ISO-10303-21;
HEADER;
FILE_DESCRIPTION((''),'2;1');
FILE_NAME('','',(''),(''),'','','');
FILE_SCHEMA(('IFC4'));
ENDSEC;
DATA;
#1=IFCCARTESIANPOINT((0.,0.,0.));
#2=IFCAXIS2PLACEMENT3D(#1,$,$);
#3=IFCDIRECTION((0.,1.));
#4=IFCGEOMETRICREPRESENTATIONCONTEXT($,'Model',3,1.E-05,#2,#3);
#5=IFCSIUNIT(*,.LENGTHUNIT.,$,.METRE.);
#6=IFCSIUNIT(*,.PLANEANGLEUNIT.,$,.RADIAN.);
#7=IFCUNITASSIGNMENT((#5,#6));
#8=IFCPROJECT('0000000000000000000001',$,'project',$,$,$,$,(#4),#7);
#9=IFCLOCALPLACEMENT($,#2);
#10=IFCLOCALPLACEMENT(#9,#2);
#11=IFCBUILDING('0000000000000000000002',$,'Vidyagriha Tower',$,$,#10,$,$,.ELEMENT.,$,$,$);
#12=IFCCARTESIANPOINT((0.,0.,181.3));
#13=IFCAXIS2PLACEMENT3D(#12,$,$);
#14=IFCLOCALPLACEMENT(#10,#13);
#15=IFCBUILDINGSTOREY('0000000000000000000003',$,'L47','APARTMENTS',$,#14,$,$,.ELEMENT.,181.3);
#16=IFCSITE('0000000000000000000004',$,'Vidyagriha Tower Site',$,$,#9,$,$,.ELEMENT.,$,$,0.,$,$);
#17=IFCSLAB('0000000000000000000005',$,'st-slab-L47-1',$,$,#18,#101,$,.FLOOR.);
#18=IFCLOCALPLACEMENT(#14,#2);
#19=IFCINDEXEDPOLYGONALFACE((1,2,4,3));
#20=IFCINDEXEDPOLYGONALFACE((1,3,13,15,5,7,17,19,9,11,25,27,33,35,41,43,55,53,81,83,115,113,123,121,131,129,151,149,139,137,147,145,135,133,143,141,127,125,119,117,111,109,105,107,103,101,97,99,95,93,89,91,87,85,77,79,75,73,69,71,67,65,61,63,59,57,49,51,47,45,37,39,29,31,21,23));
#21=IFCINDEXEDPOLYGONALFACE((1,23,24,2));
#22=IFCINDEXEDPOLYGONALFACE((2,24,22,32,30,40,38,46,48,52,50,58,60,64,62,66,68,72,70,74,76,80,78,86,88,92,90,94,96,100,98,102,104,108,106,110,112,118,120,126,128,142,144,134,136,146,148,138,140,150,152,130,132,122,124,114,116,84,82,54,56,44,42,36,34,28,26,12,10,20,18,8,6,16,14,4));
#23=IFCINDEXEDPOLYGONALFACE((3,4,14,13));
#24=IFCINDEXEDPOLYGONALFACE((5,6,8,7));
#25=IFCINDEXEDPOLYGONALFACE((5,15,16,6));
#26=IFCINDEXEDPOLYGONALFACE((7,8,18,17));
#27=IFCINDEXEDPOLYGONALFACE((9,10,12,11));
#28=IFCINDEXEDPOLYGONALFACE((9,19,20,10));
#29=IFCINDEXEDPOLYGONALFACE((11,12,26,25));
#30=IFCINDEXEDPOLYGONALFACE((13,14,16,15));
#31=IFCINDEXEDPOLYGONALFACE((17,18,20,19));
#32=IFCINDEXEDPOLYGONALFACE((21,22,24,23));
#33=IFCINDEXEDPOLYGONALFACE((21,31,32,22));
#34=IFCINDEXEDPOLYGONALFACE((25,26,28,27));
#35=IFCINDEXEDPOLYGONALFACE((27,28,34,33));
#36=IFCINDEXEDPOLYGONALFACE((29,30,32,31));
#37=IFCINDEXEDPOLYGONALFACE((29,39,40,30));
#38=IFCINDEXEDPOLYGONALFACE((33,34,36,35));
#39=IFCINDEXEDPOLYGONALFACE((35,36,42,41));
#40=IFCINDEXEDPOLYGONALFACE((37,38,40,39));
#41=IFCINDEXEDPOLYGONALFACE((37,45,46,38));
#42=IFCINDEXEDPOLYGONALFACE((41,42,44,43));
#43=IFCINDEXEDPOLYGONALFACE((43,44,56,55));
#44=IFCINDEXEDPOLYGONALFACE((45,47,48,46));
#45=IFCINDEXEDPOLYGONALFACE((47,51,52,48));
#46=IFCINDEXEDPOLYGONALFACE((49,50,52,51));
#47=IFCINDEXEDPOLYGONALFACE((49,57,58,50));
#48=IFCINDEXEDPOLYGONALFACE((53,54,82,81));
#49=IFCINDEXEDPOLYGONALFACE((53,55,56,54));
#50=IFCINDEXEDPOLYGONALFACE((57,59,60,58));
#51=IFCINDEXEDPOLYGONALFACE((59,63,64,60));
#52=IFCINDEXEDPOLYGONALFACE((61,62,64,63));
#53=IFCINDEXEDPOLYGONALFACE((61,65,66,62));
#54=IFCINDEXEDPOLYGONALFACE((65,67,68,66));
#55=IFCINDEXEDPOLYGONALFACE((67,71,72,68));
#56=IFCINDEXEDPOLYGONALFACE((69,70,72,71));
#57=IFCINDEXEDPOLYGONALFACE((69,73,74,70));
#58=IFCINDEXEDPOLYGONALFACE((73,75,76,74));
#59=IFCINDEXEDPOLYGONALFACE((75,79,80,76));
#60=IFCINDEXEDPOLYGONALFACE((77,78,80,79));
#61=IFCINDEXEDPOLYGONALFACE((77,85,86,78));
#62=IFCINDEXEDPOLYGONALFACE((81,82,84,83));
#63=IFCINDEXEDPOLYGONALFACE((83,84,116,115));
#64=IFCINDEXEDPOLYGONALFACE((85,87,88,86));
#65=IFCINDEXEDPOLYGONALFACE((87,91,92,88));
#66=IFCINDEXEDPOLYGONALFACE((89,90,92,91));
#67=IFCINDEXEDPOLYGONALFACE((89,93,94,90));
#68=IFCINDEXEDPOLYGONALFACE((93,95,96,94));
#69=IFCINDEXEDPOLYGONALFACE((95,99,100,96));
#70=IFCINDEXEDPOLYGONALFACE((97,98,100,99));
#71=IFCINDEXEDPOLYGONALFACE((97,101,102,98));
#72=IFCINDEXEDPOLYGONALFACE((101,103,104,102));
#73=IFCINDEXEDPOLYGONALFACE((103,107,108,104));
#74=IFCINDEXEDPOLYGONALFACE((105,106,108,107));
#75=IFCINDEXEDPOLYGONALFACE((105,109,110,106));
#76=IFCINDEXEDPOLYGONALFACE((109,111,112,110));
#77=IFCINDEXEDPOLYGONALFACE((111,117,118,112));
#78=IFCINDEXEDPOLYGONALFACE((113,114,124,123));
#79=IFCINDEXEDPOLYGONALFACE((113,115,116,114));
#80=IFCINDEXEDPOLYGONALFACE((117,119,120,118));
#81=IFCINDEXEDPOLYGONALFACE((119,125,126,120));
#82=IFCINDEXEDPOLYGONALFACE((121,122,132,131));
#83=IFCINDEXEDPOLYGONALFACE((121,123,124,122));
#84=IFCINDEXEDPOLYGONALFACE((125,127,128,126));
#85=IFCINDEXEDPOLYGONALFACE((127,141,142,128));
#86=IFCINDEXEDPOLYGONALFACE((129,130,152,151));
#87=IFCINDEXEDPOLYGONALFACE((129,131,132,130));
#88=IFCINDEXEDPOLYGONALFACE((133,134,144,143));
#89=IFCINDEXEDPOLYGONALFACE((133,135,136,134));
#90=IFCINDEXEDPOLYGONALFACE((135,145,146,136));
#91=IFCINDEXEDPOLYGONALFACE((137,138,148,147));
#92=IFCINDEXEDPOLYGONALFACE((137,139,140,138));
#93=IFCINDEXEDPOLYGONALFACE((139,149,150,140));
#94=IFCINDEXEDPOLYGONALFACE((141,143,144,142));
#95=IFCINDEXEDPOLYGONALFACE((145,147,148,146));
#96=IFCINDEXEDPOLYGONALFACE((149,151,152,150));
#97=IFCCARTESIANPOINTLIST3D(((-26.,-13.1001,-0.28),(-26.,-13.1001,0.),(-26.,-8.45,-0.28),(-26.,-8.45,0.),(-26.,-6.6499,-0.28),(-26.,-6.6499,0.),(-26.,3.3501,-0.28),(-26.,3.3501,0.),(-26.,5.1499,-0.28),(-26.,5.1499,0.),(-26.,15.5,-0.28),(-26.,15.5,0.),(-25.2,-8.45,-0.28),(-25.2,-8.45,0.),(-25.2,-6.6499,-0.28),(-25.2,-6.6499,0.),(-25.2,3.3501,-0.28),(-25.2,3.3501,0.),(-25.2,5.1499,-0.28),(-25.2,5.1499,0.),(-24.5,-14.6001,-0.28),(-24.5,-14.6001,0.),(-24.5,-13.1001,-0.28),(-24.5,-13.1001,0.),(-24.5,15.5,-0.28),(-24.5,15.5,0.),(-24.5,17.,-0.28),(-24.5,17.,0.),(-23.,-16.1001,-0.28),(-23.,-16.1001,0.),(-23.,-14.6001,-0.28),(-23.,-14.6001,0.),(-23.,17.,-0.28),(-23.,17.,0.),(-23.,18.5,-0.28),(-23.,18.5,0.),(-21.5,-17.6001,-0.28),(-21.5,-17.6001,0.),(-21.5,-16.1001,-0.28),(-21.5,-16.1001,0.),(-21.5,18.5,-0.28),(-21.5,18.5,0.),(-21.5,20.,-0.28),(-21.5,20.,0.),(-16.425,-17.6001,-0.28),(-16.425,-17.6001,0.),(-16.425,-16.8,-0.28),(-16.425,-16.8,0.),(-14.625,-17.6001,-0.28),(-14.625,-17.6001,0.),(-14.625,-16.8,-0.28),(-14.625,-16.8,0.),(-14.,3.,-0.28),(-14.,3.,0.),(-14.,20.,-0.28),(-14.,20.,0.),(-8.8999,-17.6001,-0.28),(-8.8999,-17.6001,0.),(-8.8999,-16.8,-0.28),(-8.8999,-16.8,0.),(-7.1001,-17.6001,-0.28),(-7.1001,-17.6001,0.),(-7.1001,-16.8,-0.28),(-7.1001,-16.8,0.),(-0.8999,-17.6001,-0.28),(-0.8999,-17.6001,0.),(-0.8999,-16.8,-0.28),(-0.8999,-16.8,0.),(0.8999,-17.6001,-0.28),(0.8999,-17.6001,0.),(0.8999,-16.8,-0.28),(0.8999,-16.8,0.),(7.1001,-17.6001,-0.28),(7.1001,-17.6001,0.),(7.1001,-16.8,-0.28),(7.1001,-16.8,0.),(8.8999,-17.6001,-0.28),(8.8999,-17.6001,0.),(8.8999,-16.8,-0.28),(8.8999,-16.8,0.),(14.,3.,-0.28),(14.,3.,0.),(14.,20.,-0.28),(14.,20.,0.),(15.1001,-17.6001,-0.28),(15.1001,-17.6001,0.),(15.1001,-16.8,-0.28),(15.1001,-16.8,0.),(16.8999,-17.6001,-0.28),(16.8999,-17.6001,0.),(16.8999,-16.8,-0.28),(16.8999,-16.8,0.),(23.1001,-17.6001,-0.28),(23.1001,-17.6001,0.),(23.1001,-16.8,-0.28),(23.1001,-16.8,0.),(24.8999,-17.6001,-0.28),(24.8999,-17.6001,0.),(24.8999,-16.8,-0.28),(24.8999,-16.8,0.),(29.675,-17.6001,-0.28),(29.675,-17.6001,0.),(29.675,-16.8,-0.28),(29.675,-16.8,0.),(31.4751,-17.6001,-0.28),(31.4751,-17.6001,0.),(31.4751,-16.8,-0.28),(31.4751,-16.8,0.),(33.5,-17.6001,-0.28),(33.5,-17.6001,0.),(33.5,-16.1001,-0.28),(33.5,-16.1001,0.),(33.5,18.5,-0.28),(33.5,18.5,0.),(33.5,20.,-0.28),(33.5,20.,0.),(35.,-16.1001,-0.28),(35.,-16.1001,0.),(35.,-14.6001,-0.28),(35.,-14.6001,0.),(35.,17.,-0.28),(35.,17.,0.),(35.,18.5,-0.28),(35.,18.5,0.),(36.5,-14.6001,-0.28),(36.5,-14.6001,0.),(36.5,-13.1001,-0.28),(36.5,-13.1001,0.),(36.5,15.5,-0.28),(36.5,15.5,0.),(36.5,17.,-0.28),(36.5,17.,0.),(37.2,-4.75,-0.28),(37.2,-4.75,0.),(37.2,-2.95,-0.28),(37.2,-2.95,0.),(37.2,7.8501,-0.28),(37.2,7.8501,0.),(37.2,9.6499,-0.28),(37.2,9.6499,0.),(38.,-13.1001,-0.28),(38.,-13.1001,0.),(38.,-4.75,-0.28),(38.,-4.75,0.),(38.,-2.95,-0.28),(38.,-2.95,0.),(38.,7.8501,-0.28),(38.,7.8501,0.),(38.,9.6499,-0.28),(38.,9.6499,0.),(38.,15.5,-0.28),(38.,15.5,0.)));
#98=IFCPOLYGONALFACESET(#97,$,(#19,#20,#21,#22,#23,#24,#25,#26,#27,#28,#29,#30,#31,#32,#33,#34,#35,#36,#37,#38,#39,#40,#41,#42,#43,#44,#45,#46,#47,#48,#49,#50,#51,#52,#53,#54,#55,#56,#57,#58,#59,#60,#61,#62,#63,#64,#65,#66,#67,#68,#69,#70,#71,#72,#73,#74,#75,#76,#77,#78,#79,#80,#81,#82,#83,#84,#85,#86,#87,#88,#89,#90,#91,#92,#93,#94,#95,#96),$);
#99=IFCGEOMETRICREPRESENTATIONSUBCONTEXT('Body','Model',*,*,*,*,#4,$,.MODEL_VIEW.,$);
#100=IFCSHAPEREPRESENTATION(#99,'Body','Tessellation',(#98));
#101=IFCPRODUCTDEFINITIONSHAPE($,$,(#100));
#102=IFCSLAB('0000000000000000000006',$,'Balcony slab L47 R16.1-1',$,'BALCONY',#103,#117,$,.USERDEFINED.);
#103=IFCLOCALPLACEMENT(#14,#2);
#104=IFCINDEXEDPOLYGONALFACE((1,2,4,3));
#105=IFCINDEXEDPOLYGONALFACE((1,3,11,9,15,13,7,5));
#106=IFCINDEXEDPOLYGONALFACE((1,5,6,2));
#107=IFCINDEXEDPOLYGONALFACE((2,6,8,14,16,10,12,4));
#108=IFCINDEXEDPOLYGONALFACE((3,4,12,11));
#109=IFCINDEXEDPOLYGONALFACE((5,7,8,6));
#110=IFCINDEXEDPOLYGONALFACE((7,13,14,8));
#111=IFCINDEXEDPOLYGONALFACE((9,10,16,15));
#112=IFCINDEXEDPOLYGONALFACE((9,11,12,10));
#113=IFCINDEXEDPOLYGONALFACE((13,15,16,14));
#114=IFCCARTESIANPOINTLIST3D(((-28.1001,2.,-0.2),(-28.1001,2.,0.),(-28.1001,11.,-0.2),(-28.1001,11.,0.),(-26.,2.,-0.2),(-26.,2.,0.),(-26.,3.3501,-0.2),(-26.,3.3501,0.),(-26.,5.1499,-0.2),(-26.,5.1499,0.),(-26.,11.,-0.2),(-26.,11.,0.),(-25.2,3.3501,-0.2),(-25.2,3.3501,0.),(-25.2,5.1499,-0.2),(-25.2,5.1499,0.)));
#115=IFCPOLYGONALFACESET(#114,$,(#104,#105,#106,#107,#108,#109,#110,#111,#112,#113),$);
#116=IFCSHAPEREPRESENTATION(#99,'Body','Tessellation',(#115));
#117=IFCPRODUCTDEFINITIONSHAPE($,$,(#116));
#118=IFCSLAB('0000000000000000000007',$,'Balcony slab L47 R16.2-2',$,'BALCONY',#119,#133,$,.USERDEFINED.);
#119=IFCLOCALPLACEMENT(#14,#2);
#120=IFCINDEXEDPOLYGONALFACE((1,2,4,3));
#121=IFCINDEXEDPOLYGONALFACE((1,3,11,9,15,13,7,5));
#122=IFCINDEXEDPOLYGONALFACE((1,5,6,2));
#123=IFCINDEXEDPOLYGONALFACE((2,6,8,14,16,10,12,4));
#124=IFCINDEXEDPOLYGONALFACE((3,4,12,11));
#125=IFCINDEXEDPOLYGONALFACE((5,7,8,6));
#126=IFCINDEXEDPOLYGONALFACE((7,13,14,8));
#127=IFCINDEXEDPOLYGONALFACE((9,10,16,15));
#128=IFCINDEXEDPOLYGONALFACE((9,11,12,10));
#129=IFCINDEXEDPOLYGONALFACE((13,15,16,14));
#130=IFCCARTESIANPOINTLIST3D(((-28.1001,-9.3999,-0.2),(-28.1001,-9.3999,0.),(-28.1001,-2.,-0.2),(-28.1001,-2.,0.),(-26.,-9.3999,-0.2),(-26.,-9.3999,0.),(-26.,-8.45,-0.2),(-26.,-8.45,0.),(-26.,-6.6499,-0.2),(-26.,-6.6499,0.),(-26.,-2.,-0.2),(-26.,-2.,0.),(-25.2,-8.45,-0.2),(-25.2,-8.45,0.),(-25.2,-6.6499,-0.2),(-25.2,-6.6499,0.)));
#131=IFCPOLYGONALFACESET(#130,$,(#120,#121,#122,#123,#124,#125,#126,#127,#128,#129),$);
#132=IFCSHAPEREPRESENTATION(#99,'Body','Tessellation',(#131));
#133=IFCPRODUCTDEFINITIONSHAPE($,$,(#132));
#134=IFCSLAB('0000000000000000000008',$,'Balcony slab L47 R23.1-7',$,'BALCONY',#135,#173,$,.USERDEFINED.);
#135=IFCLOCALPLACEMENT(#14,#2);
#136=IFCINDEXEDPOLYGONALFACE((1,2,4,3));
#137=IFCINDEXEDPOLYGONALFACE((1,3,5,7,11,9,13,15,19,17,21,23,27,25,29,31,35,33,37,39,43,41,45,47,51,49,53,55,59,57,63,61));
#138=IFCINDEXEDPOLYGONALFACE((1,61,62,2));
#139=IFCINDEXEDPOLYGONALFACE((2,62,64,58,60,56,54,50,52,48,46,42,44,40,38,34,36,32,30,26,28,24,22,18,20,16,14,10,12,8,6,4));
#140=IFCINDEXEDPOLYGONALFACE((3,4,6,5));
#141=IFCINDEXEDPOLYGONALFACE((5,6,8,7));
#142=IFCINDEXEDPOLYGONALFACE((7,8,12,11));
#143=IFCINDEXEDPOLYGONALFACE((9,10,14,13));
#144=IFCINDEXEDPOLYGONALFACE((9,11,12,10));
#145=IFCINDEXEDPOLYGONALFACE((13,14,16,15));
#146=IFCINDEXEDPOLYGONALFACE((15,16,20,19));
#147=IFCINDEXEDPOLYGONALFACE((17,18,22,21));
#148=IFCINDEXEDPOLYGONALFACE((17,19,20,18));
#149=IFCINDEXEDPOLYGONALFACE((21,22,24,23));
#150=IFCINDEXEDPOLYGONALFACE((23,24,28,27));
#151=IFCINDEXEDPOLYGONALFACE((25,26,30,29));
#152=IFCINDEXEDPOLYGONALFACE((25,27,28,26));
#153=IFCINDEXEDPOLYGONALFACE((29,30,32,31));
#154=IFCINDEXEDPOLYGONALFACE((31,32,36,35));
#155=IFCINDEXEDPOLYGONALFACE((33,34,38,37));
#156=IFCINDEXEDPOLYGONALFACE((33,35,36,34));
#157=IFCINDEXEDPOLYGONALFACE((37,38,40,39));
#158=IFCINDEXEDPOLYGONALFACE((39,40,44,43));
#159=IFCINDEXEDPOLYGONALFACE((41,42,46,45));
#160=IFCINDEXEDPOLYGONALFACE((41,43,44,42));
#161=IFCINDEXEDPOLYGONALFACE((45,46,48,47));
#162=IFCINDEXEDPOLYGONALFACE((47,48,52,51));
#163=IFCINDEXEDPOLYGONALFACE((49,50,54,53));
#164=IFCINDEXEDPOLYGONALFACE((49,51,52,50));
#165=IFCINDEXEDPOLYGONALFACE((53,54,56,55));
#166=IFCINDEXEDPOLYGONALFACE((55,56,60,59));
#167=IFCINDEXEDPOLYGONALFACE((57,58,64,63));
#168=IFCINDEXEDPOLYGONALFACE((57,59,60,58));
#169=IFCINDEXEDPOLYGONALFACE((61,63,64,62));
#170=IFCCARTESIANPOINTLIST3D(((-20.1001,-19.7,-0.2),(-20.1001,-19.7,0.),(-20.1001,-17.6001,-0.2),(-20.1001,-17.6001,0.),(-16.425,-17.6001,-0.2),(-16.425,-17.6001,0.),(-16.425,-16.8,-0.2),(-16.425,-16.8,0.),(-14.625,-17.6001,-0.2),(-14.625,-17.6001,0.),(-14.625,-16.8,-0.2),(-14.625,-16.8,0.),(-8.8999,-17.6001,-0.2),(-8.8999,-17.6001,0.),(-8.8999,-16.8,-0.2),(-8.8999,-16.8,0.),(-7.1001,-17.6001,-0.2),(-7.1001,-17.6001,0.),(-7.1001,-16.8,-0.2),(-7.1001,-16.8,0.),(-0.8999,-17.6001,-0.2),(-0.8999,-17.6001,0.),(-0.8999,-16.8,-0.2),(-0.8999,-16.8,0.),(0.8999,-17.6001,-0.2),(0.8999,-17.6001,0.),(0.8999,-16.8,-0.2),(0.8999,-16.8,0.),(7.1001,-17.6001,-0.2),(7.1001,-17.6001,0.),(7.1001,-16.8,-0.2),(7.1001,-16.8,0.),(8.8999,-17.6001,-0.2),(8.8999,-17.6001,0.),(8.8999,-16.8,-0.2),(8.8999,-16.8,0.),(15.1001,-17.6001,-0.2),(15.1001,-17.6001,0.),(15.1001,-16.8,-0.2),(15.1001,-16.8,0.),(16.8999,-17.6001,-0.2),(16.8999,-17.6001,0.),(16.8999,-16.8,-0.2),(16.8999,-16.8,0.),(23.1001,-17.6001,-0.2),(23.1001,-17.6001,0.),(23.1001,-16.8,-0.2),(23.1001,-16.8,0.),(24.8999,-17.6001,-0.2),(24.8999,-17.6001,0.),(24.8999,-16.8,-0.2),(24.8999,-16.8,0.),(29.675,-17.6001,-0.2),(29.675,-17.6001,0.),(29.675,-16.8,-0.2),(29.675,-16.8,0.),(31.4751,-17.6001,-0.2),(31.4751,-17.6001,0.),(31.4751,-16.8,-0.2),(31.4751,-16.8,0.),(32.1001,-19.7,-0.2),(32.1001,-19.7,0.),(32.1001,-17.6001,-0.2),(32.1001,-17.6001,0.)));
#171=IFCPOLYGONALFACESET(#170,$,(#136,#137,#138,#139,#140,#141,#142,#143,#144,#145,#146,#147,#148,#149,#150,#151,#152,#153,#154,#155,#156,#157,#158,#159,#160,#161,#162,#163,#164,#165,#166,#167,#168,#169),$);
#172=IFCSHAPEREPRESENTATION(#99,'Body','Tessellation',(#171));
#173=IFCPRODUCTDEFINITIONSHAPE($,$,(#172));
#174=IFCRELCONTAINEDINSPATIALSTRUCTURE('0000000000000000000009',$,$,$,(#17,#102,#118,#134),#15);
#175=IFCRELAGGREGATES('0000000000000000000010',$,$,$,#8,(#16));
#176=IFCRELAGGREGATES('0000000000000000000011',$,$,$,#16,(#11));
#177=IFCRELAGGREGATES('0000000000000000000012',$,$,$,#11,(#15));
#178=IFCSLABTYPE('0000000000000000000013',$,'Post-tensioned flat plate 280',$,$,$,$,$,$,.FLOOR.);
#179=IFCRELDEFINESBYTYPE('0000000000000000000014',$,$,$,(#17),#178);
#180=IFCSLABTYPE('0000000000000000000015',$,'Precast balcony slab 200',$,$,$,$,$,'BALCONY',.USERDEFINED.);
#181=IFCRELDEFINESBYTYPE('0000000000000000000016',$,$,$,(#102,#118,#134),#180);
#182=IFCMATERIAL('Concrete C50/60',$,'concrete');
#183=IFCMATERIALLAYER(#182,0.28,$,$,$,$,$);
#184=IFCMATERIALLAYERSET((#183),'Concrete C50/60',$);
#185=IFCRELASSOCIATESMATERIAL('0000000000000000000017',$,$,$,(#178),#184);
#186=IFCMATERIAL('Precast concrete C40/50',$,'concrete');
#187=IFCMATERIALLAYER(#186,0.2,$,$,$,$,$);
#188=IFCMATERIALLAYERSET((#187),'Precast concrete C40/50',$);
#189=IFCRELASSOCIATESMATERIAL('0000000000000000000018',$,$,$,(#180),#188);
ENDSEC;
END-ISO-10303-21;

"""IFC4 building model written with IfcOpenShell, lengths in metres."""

from ifc_helpers import new_model, si_unit, direction, frame, origin, place, context, subcontext, project, spatial, polyline, outline, extrude, material, layer, layer_set, type_object, element, save


model = new_model("IFC4")

# Units and contexts
model_context = context("Model", 3, precision=1e-05, world=origin(), true_north=direction((0.0, 1.0)))
body_context = subcontext(model_context, "Body", "Model", "MODEL_VIEW")
ifc_project = project(units=[si_unit("LENGTHUNIT", "METRE"), si_unit("PLANEANGLEUNIT", "RADIAN")], contexts=[model_context])

# Site, building, storey
site_placement = place(None, origin())
site = spatial("IfcSite", under=ifc_project, at=site_placement, Name="Vidyagriha Tower Site", CompositionType="ELEMENT", RefElevation=0.0)
building_placement = place(site_placement, origin())
building = spatial("IfcBuilding", under=site, at=building_placement, Name="Vidyagriha Tower", CompositionType="ELEMENT")
storey_placement = place(building_placement, frame((0.0, 0.0, 181.3)))
storey = spatial("IfcBuildingStorey", under=building, at=storey_placement, Name="L47", Description="APARTMENTS", CompositionType="ELEMENT", Elevation=181.3)

# Slabs
ifc_material_1 = material(Name="Concrete C50/60", Category="concrete")
ifc_layer_1 = layer(ifc_material_1, 0.28)
ifc_layer_set_1 = layer_set([ifc_layer_1], Name="Concrete C50/60")
slab_type_1 = type_object("IfcSlabType", Name="Post-tensioned flat plate 280", PredefinedType="FLOOR", material=ifc_layer_set_1)
slab_1_placement = place(storey_placement, frame((0.0, 0.0, -0.28)))
element("IfcSlab", 1, at=slab_1_placement, inside=storey, type_object=slab_type_1, Name="st-slab-L47-1", PredefinedType="FLOOR", context=body_context, shape_type="SweptSolid", body=[
    extrude(outline(polyline([(36.5, -14.6001), (35.0, -14.6001), (35.0, -16.1001), (33.5, -16.1001), (33.5, -17.6001), (31.4751, -17.6001), (31.4751, -16.8), (29.675, -16.8), (29.675, -17.6001), (24.8999, -17.6001), (24.8999, -16.8), (23.1001, -16.8), (23.1001, -17.6001), (16.8999, -17.6001), (16.8999, -16.8), (15.1001, -16.8), (15.1001, -17.6001), (8.8999, -17.6001), (8.8999, -16.8), (7.1001, -16.8), (7.1001, -17.6001), (0.8999, -17.6001), (0.8999, -16.8), (-0.8999, -16.8), (-0.8999, -17.6001), (-7.1001, -17.6001), (-7.1001, -16.8), (-8.8999, -16.8), (-8.8999, -17.6001), (-14.625, -17.6001), (-14.625, -16.8), (-16.425, -16.8), (-16.425, -17.6001), (-21.5, -17.6001), (-21.5, -16.1001), (-23.0, -16.1001), (-23.0, -14.6001), (-24.5, -14.6001), (-24.5, -13.1001), (-26.0, -13.1001), (-26.0, -8.45), (-25.2, -8.45), (-25.2, -6.6499), (-26.0, -6.6499), (-26.0, 3.3501), (-25.2, 3.3501), (-25.2, 5.1499), (-26.0, 5.1499), (-26.0, 15.5), (-24.5, 15.5), (-24.5, 17.0), (-23.0, 17.0), (-23.0, 18.5), (-21.5, 18.5), (-21.5, 20.0), (-14.0, 20.0), (-14.0, 3.0), (14.0, 3.0), (14.0, 20.0), (33.5, 20.0), (33.5, 18.5), (35.0, 18.5), (35.0, 17.0), (36.5, 17.0), (36.5, 15.5), (38.0, 15.5), (38.0, 9.6499), (37.2, 9.6499), (37.2, 7.8501), (38.0, 7.8501), (38.0, -2.95), (37.2, -2.95), (37.2, -4.75), (38.0, -4.75), (38.0, -13.1001), (36.5, -13.1001), (36.5, -14.6001)])), origin(), (0.0, 0.0, 1.0), 0.28),
])
ifc_material_2 = material(Name="Precast concrete C40/50", Category="concrete")
ifc_layer_2 = layer(ifc_material_2, 0.2)
ifc_layer_set_2 = layer_set([ifc_layer_2], Name="Precast concrete C40/50")
slab_type_2 = type_object("IfcSlabType", Name="Precast balcony slab 200", ElementType="BALCONY", PredefinedType="USERDEFINED", material=ifc_layer_set_2)
slab_2_placement = place(storey_placement, frame((0.0, 0.0, -0.2)))
element("IfcSlab", 2, at=slab_2_placement, inside=storey, type_object=slab_type_2, Name="Balcony slab L47 R16.1-1", ObjectType="BALCONY", PredefinedType="USERDEFINED", context=body_context, shape_type="SweptSolid", body=[
    extrude(outline(polyline([(-25.2, 3.3501), (-25.2, 5.1499), (-26.0, 5.1499), (-26.0, 11.0), (-28.1001, 11.0), (-28.1001, 2.0), (-26.0, 2.0), (-26.0, 3.3501), (-25.2, 3.3501)])), origin(), (0.0, 0.0, 1.0), 0.2),
])
slab_3_placement = place(storey_placement, frame((0.0, 0.0, -0.2)))
element("IfcSlab", 3, at=slab_3_placement, inside=storey, type_object=slab_type_2, Name="Balcony slab L47 R16.2-2", ObjectType="BALCONY", PredefinedType="USERDEFINED", context=body_context, shape_type="SweptSolid", body=[
    extrude(outline(polyline([(-25.2, -8.45), (-25.2, -6.6499), (-26.0, -6.6499), (-26.0, -2.0), (-28.1001, -2.0), (-28.1001, -9.3999), (-26.0, -9.3999), (-26.0, -8.45), (-25.2, -8.45)])), origin(), (0.0, 0.0, 1.0), 0.2),
])
slab_4_placement = place(storey_placement, frame((0.0, 0.0, -0.2)))
element("IfcSlab", 4, at=slab_4_placement, inside=storey, type_object=slab_type_2, Name="Balcony slab L47 R23.1-7", ObjectType="BALCONY", PredefinedType="USERDEFINED", context=body_context, shape_type="SweptSolid", body=[
    extrude(outline(polyline([(-14.625, -16.8), (-16.425, -16.8), (-16.425, -17.6001), (-20.1001, -17.6001), (-20.1001, -19.7), (32.1001, -19.7), (32.1001, -17.6001), (31.4751, -17.6001), (31.4751, -16.8), (29.675, -16.8), (29.675, -17.6001), (24.8999, -17.6001), (24.8999, -16.8), (23.1001, -16.8), (23.1001, -17.6001), (16.8999, -17.6001), (16.8999, -16.8), (15.1001, -16.8), (15.1001, -17.6001), (8.8999, -17.6001), (8.8999, -16.8), (7.1001, -16.8), (7.1001, -17.6001), (0.8999, -17.6001), (0.8999, -16.8), (-0.8999, -16.8), (-0.8999, -17.6001), (-7.1001, -17.6001), (-7.1001, -16.8), (-8.8999, -16.8), (-8.8999, -17.6001), (-14.625, -17.6001), (-14.625, -16.8)])), origin(), (0.0, 0.0, 1.0), 0.2),
])

save(model, "model.ifc")
